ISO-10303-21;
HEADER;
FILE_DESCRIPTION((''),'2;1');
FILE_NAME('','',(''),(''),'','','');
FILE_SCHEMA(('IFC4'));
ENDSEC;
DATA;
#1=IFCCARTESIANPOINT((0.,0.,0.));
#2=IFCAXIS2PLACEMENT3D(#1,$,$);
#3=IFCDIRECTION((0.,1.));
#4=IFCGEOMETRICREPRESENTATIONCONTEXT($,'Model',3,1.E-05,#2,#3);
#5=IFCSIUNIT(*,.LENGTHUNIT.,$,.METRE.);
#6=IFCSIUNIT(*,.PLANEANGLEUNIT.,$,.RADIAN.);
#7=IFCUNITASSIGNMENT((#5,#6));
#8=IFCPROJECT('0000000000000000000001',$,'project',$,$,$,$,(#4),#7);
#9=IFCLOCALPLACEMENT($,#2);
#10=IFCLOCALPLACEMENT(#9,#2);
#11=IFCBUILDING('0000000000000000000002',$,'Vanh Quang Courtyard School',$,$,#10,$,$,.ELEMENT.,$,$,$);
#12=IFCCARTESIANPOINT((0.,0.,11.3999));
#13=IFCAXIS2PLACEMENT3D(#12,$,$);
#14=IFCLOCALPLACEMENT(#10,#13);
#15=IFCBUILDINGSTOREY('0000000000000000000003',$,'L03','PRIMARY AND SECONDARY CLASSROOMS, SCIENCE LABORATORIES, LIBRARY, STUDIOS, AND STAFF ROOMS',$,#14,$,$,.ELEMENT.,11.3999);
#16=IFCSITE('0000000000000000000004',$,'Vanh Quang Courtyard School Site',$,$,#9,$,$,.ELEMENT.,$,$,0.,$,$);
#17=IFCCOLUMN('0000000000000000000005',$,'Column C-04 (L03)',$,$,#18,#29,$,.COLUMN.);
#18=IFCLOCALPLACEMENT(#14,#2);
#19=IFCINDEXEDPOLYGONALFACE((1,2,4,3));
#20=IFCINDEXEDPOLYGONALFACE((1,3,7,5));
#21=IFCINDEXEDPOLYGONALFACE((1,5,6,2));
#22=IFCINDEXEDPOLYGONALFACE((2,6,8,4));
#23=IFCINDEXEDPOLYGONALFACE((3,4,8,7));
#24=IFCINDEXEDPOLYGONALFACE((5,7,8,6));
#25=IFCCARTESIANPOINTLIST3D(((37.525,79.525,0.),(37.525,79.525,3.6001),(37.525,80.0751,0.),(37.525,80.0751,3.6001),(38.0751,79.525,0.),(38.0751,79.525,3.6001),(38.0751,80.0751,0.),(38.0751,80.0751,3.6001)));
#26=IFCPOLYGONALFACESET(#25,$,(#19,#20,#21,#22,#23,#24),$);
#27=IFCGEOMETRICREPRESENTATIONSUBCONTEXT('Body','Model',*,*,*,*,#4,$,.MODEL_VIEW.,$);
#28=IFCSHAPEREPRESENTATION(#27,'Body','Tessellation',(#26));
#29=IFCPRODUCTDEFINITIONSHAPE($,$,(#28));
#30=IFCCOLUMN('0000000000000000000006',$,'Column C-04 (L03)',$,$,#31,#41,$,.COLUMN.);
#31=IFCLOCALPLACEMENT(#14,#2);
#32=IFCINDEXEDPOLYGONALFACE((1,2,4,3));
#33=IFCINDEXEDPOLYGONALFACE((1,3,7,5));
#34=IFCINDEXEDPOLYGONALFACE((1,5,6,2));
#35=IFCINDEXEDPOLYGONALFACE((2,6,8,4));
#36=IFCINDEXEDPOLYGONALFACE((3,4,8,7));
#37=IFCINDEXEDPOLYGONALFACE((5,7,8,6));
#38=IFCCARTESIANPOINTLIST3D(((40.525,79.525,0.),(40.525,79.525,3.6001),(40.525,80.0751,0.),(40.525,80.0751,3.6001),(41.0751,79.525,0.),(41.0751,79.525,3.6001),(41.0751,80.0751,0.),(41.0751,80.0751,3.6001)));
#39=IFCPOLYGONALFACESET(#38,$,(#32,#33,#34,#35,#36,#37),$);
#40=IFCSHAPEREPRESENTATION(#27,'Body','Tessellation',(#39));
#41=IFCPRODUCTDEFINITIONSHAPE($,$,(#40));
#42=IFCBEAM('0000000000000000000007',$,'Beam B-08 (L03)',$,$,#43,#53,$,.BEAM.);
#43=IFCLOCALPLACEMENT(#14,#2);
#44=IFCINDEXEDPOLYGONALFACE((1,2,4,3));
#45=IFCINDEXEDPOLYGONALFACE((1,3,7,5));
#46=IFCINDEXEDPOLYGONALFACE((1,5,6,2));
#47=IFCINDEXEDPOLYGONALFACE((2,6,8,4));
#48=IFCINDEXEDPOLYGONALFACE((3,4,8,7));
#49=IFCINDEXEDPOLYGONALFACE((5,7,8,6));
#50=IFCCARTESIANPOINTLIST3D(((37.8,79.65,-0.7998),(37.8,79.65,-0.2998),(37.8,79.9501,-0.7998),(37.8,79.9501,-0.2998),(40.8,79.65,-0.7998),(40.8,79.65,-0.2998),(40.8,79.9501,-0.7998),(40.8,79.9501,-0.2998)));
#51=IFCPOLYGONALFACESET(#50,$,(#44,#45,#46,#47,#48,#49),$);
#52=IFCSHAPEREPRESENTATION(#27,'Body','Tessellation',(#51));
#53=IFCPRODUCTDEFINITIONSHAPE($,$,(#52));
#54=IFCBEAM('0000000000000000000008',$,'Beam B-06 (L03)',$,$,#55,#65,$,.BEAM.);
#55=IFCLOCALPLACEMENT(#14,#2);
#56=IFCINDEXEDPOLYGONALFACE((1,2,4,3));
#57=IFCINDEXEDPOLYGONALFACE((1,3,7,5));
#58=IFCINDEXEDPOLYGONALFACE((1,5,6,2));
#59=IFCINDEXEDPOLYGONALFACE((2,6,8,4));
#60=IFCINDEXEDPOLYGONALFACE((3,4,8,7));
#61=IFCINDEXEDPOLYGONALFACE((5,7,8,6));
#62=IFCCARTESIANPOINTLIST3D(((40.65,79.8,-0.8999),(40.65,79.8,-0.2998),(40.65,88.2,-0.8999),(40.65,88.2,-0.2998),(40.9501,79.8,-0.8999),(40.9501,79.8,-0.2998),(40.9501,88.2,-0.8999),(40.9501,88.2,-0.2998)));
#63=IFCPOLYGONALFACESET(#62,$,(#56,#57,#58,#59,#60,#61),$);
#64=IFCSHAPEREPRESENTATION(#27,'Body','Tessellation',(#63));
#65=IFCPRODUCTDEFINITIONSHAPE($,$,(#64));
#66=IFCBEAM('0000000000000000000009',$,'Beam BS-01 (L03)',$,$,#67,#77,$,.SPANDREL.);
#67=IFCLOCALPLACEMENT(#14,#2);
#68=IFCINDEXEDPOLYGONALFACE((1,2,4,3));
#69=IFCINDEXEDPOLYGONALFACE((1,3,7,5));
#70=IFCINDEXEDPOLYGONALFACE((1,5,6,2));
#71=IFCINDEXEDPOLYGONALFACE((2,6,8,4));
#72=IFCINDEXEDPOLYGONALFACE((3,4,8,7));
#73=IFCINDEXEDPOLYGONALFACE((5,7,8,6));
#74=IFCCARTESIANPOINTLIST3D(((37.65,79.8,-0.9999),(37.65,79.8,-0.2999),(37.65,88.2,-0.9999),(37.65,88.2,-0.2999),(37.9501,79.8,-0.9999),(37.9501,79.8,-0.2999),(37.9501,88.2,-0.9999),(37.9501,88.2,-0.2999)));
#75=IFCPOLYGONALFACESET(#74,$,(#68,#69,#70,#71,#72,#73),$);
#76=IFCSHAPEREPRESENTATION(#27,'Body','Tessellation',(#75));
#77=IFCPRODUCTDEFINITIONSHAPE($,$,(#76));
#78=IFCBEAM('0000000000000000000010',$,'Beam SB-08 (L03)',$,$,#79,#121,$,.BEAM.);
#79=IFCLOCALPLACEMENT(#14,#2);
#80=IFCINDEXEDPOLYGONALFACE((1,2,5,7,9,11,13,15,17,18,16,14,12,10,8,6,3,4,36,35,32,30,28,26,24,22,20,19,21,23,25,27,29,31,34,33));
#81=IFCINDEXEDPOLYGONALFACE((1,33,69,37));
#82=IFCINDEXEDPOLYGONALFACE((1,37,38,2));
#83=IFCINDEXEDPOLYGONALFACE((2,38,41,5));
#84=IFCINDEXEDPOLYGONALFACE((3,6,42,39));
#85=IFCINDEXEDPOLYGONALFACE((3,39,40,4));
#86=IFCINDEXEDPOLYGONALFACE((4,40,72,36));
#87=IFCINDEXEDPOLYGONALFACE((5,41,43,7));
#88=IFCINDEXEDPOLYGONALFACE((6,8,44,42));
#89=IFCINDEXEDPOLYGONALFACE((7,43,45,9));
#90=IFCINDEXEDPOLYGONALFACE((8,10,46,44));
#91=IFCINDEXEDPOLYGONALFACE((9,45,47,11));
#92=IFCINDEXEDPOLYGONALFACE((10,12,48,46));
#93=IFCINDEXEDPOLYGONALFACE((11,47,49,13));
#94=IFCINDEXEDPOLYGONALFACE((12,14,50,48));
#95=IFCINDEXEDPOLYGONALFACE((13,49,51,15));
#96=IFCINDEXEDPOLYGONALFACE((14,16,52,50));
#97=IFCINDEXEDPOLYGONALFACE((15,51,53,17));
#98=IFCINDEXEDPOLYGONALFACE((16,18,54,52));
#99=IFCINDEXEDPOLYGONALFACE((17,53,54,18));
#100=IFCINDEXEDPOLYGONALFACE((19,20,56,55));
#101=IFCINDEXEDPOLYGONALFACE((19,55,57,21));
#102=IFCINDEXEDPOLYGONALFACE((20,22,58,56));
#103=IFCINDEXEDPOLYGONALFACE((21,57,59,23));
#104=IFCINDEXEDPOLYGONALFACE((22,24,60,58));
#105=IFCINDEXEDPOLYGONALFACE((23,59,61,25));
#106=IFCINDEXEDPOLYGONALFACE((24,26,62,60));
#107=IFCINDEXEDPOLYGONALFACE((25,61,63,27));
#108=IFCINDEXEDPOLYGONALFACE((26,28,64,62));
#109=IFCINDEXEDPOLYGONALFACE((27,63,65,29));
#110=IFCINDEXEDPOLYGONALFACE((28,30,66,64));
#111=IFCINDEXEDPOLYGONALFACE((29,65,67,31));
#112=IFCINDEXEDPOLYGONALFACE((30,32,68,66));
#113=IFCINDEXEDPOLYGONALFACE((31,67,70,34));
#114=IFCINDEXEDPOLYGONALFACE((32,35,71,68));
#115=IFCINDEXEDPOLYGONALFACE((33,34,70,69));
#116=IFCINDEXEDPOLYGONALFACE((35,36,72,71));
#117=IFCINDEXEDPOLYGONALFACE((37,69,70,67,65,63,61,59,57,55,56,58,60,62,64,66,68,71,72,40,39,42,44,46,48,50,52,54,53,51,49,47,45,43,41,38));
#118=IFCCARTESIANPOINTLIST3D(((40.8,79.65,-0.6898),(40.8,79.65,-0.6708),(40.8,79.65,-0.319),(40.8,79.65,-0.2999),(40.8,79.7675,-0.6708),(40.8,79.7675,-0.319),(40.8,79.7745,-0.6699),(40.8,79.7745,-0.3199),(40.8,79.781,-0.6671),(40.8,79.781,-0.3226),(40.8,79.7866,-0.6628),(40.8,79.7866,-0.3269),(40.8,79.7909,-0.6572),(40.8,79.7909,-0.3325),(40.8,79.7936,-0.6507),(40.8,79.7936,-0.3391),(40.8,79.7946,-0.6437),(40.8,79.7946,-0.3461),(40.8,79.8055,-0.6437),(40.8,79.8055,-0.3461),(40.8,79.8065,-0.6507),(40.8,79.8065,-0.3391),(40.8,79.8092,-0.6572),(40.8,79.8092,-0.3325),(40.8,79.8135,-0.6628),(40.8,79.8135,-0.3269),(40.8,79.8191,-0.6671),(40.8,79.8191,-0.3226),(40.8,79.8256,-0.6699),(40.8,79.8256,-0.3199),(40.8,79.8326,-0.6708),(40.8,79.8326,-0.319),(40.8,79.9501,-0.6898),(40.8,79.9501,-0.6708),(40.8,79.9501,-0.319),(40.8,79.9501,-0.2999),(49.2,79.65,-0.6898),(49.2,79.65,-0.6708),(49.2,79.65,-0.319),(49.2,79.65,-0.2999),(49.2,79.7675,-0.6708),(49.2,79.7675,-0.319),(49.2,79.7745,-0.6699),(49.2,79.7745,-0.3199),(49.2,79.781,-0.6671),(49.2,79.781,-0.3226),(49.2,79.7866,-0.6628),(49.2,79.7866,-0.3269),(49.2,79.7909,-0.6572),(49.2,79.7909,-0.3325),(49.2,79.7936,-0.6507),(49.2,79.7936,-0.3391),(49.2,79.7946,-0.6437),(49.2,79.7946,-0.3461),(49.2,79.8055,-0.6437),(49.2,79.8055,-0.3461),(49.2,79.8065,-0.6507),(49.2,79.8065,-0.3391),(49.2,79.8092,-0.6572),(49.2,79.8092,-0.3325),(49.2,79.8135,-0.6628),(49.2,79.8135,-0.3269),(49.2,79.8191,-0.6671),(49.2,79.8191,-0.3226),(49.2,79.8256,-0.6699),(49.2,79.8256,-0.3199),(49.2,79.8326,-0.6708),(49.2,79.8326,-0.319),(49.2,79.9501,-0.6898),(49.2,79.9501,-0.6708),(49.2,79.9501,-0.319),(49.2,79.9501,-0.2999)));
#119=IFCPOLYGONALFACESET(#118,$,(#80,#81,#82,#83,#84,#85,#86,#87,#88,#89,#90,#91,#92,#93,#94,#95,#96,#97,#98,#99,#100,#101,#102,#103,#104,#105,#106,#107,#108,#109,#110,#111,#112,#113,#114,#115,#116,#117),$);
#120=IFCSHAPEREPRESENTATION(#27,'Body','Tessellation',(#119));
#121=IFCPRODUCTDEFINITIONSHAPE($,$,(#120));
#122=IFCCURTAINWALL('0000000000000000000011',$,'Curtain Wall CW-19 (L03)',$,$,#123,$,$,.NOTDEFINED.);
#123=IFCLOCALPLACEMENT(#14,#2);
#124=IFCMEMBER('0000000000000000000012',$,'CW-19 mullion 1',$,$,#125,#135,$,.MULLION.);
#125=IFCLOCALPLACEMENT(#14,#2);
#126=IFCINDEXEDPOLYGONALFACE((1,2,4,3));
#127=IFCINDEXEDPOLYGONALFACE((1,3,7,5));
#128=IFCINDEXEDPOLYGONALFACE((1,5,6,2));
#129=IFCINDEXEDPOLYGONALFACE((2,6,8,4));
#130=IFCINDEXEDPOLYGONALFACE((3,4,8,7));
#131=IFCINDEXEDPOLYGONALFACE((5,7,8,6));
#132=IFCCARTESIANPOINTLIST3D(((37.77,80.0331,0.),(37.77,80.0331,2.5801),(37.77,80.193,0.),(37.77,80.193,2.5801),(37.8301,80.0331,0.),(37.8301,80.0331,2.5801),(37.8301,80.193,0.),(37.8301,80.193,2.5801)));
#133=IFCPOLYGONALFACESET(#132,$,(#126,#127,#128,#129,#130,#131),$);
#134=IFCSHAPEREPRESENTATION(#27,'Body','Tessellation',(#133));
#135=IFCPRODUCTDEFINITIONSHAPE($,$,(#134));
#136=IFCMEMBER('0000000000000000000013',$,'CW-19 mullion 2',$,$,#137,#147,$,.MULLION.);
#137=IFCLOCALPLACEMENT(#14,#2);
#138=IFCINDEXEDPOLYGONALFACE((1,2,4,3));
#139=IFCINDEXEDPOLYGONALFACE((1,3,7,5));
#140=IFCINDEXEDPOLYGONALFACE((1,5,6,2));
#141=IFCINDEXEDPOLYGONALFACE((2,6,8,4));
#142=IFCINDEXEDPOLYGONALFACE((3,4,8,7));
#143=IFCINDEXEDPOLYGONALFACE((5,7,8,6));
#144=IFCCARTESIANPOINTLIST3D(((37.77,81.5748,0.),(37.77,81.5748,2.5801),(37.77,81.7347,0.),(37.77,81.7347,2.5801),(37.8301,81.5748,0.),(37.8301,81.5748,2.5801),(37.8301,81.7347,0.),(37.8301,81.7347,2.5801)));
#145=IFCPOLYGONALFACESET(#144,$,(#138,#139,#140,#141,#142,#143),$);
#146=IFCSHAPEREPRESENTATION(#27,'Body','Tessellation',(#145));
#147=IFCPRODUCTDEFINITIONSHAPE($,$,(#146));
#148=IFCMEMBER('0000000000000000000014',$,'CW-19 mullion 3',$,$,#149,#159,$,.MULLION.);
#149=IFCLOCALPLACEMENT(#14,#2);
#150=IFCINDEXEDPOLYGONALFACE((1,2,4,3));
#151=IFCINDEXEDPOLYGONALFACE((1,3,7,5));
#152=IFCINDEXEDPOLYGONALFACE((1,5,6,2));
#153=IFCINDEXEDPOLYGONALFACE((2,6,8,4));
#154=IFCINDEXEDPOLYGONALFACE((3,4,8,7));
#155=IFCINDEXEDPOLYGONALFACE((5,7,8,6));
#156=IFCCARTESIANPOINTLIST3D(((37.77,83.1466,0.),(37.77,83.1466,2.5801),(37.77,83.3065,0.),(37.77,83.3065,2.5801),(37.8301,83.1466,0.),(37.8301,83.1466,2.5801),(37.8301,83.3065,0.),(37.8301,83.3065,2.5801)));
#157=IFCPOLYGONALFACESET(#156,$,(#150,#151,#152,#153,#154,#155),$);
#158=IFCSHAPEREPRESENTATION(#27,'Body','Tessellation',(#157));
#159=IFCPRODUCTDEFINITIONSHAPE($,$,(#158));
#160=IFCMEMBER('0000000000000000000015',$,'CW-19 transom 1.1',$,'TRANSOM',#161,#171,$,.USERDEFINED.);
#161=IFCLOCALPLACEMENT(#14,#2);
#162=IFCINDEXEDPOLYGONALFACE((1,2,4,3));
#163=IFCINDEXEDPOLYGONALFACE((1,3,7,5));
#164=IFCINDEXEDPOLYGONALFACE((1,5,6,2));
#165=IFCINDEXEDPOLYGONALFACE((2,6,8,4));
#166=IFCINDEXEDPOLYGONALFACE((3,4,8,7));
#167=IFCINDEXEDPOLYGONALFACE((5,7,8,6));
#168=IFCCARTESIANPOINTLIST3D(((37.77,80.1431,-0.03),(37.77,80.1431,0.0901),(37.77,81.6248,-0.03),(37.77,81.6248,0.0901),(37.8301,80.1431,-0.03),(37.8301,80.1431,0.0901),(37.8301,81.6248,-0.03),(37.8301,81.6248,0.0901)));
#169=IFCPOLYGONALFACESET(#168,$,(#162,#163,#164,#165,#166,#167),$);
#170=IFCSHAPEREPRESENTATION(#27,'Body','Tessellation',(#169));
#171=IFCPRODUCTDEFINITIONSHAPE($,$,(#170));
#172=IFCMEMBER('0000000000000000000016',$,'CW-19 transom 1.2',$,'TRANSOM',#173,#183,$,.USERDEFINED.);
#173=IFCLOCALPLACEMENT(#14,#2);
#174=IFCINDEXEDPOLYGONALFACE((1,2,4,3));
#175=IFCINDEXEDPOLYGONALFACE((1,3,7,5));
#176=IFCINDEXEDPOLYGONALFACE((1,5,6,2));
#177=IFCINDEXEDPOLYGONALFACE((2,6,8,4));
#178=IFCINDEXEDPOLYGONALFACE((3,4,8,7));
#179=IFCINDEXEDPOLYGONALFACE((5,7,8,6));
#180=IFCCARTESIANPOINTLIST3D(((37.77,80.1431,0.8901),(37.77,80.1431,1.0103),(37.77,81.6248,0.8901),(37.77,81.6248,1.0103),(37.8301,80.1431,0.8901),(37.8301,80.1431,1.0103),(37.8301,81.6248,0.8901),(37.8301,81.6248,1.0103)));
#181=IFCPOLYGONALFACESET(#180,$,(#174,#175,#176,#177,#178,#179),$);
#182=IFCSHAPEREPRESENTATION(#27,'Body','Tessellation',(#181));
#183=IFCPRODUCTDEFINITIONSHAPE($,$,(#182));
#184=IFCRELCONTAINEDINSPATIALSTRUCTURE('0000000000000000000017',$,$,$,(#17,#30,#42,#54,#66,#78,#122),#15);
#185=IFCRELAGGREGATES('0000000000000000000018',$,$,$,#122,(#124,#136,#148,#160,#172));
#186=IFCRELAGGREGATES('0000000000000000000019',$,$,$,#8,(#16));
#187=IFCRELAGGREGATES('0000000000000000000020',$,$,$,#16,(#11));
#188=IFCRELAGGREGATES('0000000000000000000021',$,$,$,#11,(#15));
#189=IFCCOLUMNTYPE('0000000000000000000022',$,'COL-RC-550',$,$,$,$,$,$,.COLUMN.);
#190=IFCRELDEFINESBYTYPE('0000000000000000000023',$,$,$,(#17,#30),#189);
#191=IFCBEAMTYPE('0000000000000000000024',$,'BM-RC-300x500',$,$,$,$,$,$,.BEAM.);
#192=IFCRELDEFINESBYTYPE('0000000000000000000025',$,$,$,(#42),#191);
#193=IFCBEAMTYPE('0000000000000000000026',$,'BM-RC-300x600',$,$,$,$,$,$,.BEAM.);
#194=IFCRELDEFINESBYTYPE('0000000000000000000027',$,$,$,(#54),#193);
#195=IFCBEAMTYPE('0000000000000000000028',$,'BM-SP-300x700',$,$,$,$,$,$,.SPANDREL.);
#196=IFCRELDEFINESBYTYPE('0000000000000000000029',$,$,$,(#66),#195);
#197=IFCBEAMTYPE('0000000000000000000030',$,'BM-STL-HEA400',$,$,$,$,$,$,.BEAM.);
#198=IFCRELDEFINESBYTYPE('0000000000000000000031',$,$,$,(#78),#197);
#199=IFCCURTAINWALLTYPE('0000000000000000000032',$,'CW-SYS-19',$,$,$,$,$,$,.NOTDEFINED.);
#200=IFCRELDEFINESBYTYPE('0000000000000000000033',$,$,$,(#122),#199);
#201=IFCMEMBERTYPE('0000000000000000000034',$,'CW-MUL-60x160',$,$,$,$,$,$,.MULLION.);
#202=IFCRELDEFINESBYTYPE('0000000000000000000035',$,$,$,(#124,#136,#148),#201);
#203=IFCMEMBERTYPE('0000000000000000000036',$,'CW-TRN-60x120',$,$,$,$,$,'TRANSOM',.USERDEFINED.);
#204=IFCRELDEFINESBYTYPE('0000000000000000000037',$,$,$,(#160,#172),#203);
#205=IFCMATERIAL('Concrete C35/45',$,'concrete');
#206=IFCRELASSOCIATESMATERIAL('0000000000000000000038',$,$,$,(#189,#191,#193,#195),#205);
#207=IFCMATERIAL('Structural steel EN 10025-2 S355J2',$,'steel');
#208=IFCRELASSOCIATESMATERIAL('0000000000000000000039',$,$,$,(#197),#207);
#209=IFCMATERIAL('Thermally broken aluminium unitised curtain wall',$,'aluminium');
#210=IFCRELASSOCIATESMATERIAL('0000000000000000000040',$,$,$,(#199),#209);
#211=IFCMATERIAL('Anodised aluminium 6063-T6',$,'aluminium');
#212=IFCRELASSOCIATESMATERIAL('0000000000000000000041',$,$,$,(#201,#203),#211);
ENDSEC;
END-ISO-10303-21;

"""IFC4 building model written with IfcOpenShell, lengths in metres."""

from ifc_helpers import new_model, si_unit, direction, frame, origin, origin_2d, place, context, subcontext, project, spatial, rectangle, i_section, extrude, material, material_profile, profile_set, type_object, element, aggregate, save


model = new_model("IFC4")

# Units and contexts
model_context = context("Model", 3, precision=1e-05, world=origin(), true_north=direction((0.0, 1.0)))
body_context = subcontext(model_context, "Body", "Model", "MODEL_VIEW")
ifc_project = project(units=[si_unit("LENGTHUNIT", "METRE"), si_unit("PLANEANGLEUNIT", "RADIAN")], contexts=[model_context])

# Site, building, storey
site_placement = place(None, origin())
site = spatial("IfcSite", under=ifc_project, at=site_placement, Name="Vanh Quang Courtyard School Site", CompositionType="ELEMENT", RefElevation=0.0)
building_placement = place(site_placement, origin())
building = spatial("IfcBuilding", under=site, at=building_placement, Name="Vanh Quang Courtyard School", CompositionType="ELEMENT")
storey_placement = place(building_placement, frame((0.0, 0.0, 11.3999)))
storey = spatial("IfcBuildingStorey", under=building, at=storey_placement, Name="L03", Description="PRIMARY AND SECONDARY CLASSROOMS, SCIENCE LABORATORIES, LIBRARY, STUDIOS, AND STAFF ROOMS", CompositionType="ELEMENT", Elevation=11.3999)

# Columns
ifc_material_1 = material(Name="Concrete C35/45", Category="concrete")
ifc_material_profile_1 = material_profile(ifc_material_1, rectangle(XDim=0.55, YDim=0.55, at=origin_2d()), Name="RC-COL 550x550")
ifc_profile_set_1 = profile_set([ifc_material_profile_1], Name="Concrete C35/45")
column_type = type_object("IfcColumnType", Name="COL-RC-550", PredefinedType="COLUMN", material=ifc_profile_set_1)
for number, where, z_axis, x_axis, name in (
    (1, (37.8, 79.8, 0.0), (0.0, 0.0, 1.0), (1.0, 0.0, 0.0), "Column C-04 (L03)"),
    (2, (40.8, 79.8, 0.0), (0.0, 0.0, 1.0), (1.0, 0.0, 0.0), "Column C-04 (L03)"),
):
    element("IfcColumn", number, at=place(storey_placement, frame(where, z_axis=z_axis, x_axis=x_axis)), inside=storey, type_object=column_type, Name=name, PredefinedType="COLUMN", context=body_context, shape_type="SweptSolid", body=[
        extrude(rectangle(XDim=0.55, YDim=0.55, at=origin_2d()), origin(), (0.0, 0.0, 1.0), 3.6001),
    ])

# Beams
ifc_material_profile_2 = material_profile(ifc_material_1, rectangle(XDim=0.3, YDim=0.5, at=origin_2d()), Name="RC-BM 300x500")
ifc_profile_set_2 = profile_set([ifc_material_profile_2], Name="Concrete C35/45")
beam_type_1 = type_object("IfcBeamType", Name="BM-RC-300x500", PredefinedType="BEAM", material=ifc_profile_set_2)
beam_1_placement = place(storey_placement, frame((37.8, 79.8, -0.5498), z_axis=(1.0, 0.0, 0.0), x_axis=(0.0, 1.0, 0.0)))
element("IfcBeam", 3, at=beam_1_placement, inside=storey, type_object=beam_type_1, Name="Beam B-08 (L03)", PredefinedType="BEAM", context=body_context, shape_type="SweptSolid", body=[
    extrude(rectangle(XDim=0.3, YDim=0.5, at=origin_2d()), origin(), (0.0, 0.0, 1.0), 3.0),
])
ifc_material_profile_3 = material_profile(ifc_material_1, rectangle(XDim=0.3, YDim=0.6001, at=origin_2d()), Name="RC-BM 300x600")
ifc_profile_set_3 = profile_set([ifc_material_profile_3], Name="Concrete C35/45")
beam_type_2 = type_object("IfcBeamType", Name="BM-RC-300x600", PredefinedType="BEAM", material=ifc_profile_set_3)
beam_2_placement = place(storey_placement, frame((40.8, 79.8, -0.5999), z_axis=(0.0, 1.0, 0.0), x_axis=(-1.0, 0.0, 0.0)))
element("IfcBeam", 4, at=beam_2_placement, inside=storey, type_object=beam_type_2, Name="Beam B-06 (L03)", PredefinedType="BEAM", context=body_context, shape_type="SweptSolid", body=[
    extrude(rectangle(XDim=0.3, YDim=0.6001, at=origin_2d()), origin(), (0.0, 0.0, 1.0), 8.3999),
])
ifc_material_profile_4 = material_profile(ifc_material_1, rectangle(XDim=0.3, YDim=0.7, at=origin_2d()), Name="RC-SP 300x700")
ifc_profile_set_4 = profile_set([ifc_material_profile_4], Name="Concrete C35/45")
beam_type_3 = type_object("IfcBeamType", Name="BM-SP-300x700", PredefinedType="SPANDREL", material=ifc_profile_set_4)
beam_3_placement = place(storey_placement, frame((37.8, 79.8, -0.6499), z_axis=(0.0, 1.0, 0.0), x_axis=(-1.0, 0.0, 0.0)))
element("IfcBeam", 5, at=beam_3_placement, inside=storey, type_object=beam_type_3, Name="Beam BS-01 (L03)", PredefinedType="SPANDREL", context=body_context, shape_type="SweptSolid", body=[
    extrude(rectangle(XDim=0.3, YDim=0.7, at=origin_2d()), origin(), (0.0, 0.0, 1.0), 8.3999),
])
ifc_material_2 = material(Name="Structural steel EN 10025-2 S355J2", Category="steel")
ifc_material_profile_5 = material_profile(ifc_material_2, i_section(OverallWidth=0.3, OverallDepth=0.3899, WebThickness=0.011, FlangeThickness=0.019, FilletRadius=0.0271, at=origin_2d()), Name="HEA 400")
ifc_profile_set_5 = profile_set([ifc_material_profile_5], Name="Structural steel EN 10025-2 S355J2")
beam_type_4 = type_object("IfcBeamType", Name="BM-STL-HEA400", PredefinedType="BEAM", material=ifc_profile_set_5)
beam_4_placement = place(storey_placement, frame((40.8, 79.8, -0.4949), z_axis=(1.0, 0.0, 0.0), x_axis=(0.0, 1.0, 0.0)))
element("IfcBeam", 6, at=beam_4_placement, inside=storey, type_object=beam_type_4, Name="Beam SB-08 (L03)", PredefinedType="BEAM", context=body_context, shape_type="SweptSolid", body=[
    extrude(i_section(OverallWidth=0.3, OverallDepth=0.3899, WebThickness=0.011, FlangeThickness=0.019, FilletRadius=0.0271, at=origin_2d()), origin(), (0.0, 0.0, 1.0), 8.3999),
])

# Curtain wall, members
ifc_material_3 = material(Name="Thermally broken aluminium unitised curtain wall", Category="aluminium")
curtain_wall_type = type_object("IfcCurtainWallType", Name="CW-SYS-19", PredefinedType="NOTDEFINED", material=ifc_material_3)
curtain_wall_placement = place(storey_placement, origin())
curtain_wall = element("IfcCurtainWall", 7, at=curtain_wall_placement, inside=storey, type_object=curtain_wall_type, Name="Curtain Wall CW-19 (L03)", PredefinedType="NOTDEFINED")
ifc_material_4 = material(Name="Anodised aluminium 6063-T6", Category="aluminium")
ifc_material_profile_6 = material_profile(ifc_material_4, rectangle(XDim=0.0601, YDim=0.1599, at=origin_2d()), Name="ALU-MUL 60x160")
ifc_profile_set_6 = profile_set([ifc_material_profile_6], Name="Anodised aluminium 6063-T6")
member_type_1 = type_object("IfcMemberType", Name="CW-MUL-60x160", PredefinedType="MULLION", material=ifc_profile_set_6)
member_1_placement = place(storey_placement, frame((37.8, 80.113, 0.0), z_axis=(0.0, 0.0, 1.0), x_axis=(-1.0, 0.0, 0.0)))
member_1 = element("IfcMember", 8, at=member_1_placement, type_object=member_type_1, Name="CW-19 mullion 1", PredefinedType="MULLION", context=body_context, shape_type="SweptSolid", body=[
    extrude(rectangle(XDim=0.0601, YDim=0.1599, at=origin_2d()), origin(), (0.0, 0.0, 1.0), 2.5801),
])
member_2_placement = place(storey_placement, frame((37.8, 81.6548, 0.0), z_axis=(0.0, 0.0, 1.0), x_axis=(-1.0, 0.0, 0.0)))
member_2 = element("IfcMember", 9, at=member_2_placement, type_object=member_type_1, Name="CW-19 mullion 2", PredefinedType="MULLION", context=body_context, shape_type="SweptSolid", body=[
    extrude(rectangle(XDim=0.0601, YDim=0.1599, at=origin_2d()), origin(), (0.0, 0.0, 1.0), 2.5801),
])
member_3_placement = place(storey_placement, frame((37.8, 83.2266, 0.0), z_axis=(0.0, 0.0, 1.0), x_axis=(-1.0, 0.0, 0.0)))
member_3 = element("IfcMember", 10, at=member_3_placement, type_object=member_type_1, Name="CW-19 mullion 3", PredefinedType="MULLION", context=body_context, shape_type="SweptSolid", body=[
    extrude(rectangle(XDim=0.0601, YDim=0.1599, at=origin_2d()), origin(), (0.0, 0.0, 1.0), 2.5801),
])
ifc_material_profile_7 = material_profile(ifc_material_4, rectangle(XDim=0.0601, YDim=0.1201, at=origin_2d()), Name="ALU-TRN 60x120")
ifc_profile_set_7 = profile_set([ifc_material_profile_7], Name="Anodised aluminium 6063-T6")
member_type_2 = type_object("IfcMemberType", Name="CW-TRN-60x120", ElementType="TRANSOM", PredefinedType="USERDEFINED", material=ifc_profile_set_7)
member_4_placement = place(storey_placement, frame((37.8, 80.1431, 0.03), z_axis=(0.0, 1.0, 0.0), x_axis=(-1.0, 0.0, 0.0)))
member_4 = element("IfcMember", 11, at=member_4_placement, type_object=member_type_2, Name="CW-19 transom 1.1", ObjectType="TRANSOM", PredefinedType="USERDEFINED", context=body_context, shape_type="SweptSolid", body=[
    extrude(rectangle(XDim=0.0601, YDim=0.1201, at=origin_2d()), origin(), (0.0, 0.0, 1.0), 1.4817),
])
member_5_placement = place(storey_placement, frame((37.8, 80.1431, 0.9502), z_axis=(0.0, 1.0, 0.0), x_axis=(-1.0, 0.0, 0.0)))
member_5 = element("IfcMember", 12, at=member_5_placement, type_object=member_type_2, Name="CW-19 transom 1.2", ObjectType="TRANSOM", PredefinedType="USERDEFINED", context=body_context, shape_type="SweptSolid", body=[
    extrude(rectangle(XDim=0.0601, YDim=0.1201, at=origin_2d()), origin(), (0.0, 0.0, 1.0), 1.4817),
])

aggregate(curtain_wall, [member_1, member_2, member_3, member_4, member_5])

save(model, "model.ifc")
